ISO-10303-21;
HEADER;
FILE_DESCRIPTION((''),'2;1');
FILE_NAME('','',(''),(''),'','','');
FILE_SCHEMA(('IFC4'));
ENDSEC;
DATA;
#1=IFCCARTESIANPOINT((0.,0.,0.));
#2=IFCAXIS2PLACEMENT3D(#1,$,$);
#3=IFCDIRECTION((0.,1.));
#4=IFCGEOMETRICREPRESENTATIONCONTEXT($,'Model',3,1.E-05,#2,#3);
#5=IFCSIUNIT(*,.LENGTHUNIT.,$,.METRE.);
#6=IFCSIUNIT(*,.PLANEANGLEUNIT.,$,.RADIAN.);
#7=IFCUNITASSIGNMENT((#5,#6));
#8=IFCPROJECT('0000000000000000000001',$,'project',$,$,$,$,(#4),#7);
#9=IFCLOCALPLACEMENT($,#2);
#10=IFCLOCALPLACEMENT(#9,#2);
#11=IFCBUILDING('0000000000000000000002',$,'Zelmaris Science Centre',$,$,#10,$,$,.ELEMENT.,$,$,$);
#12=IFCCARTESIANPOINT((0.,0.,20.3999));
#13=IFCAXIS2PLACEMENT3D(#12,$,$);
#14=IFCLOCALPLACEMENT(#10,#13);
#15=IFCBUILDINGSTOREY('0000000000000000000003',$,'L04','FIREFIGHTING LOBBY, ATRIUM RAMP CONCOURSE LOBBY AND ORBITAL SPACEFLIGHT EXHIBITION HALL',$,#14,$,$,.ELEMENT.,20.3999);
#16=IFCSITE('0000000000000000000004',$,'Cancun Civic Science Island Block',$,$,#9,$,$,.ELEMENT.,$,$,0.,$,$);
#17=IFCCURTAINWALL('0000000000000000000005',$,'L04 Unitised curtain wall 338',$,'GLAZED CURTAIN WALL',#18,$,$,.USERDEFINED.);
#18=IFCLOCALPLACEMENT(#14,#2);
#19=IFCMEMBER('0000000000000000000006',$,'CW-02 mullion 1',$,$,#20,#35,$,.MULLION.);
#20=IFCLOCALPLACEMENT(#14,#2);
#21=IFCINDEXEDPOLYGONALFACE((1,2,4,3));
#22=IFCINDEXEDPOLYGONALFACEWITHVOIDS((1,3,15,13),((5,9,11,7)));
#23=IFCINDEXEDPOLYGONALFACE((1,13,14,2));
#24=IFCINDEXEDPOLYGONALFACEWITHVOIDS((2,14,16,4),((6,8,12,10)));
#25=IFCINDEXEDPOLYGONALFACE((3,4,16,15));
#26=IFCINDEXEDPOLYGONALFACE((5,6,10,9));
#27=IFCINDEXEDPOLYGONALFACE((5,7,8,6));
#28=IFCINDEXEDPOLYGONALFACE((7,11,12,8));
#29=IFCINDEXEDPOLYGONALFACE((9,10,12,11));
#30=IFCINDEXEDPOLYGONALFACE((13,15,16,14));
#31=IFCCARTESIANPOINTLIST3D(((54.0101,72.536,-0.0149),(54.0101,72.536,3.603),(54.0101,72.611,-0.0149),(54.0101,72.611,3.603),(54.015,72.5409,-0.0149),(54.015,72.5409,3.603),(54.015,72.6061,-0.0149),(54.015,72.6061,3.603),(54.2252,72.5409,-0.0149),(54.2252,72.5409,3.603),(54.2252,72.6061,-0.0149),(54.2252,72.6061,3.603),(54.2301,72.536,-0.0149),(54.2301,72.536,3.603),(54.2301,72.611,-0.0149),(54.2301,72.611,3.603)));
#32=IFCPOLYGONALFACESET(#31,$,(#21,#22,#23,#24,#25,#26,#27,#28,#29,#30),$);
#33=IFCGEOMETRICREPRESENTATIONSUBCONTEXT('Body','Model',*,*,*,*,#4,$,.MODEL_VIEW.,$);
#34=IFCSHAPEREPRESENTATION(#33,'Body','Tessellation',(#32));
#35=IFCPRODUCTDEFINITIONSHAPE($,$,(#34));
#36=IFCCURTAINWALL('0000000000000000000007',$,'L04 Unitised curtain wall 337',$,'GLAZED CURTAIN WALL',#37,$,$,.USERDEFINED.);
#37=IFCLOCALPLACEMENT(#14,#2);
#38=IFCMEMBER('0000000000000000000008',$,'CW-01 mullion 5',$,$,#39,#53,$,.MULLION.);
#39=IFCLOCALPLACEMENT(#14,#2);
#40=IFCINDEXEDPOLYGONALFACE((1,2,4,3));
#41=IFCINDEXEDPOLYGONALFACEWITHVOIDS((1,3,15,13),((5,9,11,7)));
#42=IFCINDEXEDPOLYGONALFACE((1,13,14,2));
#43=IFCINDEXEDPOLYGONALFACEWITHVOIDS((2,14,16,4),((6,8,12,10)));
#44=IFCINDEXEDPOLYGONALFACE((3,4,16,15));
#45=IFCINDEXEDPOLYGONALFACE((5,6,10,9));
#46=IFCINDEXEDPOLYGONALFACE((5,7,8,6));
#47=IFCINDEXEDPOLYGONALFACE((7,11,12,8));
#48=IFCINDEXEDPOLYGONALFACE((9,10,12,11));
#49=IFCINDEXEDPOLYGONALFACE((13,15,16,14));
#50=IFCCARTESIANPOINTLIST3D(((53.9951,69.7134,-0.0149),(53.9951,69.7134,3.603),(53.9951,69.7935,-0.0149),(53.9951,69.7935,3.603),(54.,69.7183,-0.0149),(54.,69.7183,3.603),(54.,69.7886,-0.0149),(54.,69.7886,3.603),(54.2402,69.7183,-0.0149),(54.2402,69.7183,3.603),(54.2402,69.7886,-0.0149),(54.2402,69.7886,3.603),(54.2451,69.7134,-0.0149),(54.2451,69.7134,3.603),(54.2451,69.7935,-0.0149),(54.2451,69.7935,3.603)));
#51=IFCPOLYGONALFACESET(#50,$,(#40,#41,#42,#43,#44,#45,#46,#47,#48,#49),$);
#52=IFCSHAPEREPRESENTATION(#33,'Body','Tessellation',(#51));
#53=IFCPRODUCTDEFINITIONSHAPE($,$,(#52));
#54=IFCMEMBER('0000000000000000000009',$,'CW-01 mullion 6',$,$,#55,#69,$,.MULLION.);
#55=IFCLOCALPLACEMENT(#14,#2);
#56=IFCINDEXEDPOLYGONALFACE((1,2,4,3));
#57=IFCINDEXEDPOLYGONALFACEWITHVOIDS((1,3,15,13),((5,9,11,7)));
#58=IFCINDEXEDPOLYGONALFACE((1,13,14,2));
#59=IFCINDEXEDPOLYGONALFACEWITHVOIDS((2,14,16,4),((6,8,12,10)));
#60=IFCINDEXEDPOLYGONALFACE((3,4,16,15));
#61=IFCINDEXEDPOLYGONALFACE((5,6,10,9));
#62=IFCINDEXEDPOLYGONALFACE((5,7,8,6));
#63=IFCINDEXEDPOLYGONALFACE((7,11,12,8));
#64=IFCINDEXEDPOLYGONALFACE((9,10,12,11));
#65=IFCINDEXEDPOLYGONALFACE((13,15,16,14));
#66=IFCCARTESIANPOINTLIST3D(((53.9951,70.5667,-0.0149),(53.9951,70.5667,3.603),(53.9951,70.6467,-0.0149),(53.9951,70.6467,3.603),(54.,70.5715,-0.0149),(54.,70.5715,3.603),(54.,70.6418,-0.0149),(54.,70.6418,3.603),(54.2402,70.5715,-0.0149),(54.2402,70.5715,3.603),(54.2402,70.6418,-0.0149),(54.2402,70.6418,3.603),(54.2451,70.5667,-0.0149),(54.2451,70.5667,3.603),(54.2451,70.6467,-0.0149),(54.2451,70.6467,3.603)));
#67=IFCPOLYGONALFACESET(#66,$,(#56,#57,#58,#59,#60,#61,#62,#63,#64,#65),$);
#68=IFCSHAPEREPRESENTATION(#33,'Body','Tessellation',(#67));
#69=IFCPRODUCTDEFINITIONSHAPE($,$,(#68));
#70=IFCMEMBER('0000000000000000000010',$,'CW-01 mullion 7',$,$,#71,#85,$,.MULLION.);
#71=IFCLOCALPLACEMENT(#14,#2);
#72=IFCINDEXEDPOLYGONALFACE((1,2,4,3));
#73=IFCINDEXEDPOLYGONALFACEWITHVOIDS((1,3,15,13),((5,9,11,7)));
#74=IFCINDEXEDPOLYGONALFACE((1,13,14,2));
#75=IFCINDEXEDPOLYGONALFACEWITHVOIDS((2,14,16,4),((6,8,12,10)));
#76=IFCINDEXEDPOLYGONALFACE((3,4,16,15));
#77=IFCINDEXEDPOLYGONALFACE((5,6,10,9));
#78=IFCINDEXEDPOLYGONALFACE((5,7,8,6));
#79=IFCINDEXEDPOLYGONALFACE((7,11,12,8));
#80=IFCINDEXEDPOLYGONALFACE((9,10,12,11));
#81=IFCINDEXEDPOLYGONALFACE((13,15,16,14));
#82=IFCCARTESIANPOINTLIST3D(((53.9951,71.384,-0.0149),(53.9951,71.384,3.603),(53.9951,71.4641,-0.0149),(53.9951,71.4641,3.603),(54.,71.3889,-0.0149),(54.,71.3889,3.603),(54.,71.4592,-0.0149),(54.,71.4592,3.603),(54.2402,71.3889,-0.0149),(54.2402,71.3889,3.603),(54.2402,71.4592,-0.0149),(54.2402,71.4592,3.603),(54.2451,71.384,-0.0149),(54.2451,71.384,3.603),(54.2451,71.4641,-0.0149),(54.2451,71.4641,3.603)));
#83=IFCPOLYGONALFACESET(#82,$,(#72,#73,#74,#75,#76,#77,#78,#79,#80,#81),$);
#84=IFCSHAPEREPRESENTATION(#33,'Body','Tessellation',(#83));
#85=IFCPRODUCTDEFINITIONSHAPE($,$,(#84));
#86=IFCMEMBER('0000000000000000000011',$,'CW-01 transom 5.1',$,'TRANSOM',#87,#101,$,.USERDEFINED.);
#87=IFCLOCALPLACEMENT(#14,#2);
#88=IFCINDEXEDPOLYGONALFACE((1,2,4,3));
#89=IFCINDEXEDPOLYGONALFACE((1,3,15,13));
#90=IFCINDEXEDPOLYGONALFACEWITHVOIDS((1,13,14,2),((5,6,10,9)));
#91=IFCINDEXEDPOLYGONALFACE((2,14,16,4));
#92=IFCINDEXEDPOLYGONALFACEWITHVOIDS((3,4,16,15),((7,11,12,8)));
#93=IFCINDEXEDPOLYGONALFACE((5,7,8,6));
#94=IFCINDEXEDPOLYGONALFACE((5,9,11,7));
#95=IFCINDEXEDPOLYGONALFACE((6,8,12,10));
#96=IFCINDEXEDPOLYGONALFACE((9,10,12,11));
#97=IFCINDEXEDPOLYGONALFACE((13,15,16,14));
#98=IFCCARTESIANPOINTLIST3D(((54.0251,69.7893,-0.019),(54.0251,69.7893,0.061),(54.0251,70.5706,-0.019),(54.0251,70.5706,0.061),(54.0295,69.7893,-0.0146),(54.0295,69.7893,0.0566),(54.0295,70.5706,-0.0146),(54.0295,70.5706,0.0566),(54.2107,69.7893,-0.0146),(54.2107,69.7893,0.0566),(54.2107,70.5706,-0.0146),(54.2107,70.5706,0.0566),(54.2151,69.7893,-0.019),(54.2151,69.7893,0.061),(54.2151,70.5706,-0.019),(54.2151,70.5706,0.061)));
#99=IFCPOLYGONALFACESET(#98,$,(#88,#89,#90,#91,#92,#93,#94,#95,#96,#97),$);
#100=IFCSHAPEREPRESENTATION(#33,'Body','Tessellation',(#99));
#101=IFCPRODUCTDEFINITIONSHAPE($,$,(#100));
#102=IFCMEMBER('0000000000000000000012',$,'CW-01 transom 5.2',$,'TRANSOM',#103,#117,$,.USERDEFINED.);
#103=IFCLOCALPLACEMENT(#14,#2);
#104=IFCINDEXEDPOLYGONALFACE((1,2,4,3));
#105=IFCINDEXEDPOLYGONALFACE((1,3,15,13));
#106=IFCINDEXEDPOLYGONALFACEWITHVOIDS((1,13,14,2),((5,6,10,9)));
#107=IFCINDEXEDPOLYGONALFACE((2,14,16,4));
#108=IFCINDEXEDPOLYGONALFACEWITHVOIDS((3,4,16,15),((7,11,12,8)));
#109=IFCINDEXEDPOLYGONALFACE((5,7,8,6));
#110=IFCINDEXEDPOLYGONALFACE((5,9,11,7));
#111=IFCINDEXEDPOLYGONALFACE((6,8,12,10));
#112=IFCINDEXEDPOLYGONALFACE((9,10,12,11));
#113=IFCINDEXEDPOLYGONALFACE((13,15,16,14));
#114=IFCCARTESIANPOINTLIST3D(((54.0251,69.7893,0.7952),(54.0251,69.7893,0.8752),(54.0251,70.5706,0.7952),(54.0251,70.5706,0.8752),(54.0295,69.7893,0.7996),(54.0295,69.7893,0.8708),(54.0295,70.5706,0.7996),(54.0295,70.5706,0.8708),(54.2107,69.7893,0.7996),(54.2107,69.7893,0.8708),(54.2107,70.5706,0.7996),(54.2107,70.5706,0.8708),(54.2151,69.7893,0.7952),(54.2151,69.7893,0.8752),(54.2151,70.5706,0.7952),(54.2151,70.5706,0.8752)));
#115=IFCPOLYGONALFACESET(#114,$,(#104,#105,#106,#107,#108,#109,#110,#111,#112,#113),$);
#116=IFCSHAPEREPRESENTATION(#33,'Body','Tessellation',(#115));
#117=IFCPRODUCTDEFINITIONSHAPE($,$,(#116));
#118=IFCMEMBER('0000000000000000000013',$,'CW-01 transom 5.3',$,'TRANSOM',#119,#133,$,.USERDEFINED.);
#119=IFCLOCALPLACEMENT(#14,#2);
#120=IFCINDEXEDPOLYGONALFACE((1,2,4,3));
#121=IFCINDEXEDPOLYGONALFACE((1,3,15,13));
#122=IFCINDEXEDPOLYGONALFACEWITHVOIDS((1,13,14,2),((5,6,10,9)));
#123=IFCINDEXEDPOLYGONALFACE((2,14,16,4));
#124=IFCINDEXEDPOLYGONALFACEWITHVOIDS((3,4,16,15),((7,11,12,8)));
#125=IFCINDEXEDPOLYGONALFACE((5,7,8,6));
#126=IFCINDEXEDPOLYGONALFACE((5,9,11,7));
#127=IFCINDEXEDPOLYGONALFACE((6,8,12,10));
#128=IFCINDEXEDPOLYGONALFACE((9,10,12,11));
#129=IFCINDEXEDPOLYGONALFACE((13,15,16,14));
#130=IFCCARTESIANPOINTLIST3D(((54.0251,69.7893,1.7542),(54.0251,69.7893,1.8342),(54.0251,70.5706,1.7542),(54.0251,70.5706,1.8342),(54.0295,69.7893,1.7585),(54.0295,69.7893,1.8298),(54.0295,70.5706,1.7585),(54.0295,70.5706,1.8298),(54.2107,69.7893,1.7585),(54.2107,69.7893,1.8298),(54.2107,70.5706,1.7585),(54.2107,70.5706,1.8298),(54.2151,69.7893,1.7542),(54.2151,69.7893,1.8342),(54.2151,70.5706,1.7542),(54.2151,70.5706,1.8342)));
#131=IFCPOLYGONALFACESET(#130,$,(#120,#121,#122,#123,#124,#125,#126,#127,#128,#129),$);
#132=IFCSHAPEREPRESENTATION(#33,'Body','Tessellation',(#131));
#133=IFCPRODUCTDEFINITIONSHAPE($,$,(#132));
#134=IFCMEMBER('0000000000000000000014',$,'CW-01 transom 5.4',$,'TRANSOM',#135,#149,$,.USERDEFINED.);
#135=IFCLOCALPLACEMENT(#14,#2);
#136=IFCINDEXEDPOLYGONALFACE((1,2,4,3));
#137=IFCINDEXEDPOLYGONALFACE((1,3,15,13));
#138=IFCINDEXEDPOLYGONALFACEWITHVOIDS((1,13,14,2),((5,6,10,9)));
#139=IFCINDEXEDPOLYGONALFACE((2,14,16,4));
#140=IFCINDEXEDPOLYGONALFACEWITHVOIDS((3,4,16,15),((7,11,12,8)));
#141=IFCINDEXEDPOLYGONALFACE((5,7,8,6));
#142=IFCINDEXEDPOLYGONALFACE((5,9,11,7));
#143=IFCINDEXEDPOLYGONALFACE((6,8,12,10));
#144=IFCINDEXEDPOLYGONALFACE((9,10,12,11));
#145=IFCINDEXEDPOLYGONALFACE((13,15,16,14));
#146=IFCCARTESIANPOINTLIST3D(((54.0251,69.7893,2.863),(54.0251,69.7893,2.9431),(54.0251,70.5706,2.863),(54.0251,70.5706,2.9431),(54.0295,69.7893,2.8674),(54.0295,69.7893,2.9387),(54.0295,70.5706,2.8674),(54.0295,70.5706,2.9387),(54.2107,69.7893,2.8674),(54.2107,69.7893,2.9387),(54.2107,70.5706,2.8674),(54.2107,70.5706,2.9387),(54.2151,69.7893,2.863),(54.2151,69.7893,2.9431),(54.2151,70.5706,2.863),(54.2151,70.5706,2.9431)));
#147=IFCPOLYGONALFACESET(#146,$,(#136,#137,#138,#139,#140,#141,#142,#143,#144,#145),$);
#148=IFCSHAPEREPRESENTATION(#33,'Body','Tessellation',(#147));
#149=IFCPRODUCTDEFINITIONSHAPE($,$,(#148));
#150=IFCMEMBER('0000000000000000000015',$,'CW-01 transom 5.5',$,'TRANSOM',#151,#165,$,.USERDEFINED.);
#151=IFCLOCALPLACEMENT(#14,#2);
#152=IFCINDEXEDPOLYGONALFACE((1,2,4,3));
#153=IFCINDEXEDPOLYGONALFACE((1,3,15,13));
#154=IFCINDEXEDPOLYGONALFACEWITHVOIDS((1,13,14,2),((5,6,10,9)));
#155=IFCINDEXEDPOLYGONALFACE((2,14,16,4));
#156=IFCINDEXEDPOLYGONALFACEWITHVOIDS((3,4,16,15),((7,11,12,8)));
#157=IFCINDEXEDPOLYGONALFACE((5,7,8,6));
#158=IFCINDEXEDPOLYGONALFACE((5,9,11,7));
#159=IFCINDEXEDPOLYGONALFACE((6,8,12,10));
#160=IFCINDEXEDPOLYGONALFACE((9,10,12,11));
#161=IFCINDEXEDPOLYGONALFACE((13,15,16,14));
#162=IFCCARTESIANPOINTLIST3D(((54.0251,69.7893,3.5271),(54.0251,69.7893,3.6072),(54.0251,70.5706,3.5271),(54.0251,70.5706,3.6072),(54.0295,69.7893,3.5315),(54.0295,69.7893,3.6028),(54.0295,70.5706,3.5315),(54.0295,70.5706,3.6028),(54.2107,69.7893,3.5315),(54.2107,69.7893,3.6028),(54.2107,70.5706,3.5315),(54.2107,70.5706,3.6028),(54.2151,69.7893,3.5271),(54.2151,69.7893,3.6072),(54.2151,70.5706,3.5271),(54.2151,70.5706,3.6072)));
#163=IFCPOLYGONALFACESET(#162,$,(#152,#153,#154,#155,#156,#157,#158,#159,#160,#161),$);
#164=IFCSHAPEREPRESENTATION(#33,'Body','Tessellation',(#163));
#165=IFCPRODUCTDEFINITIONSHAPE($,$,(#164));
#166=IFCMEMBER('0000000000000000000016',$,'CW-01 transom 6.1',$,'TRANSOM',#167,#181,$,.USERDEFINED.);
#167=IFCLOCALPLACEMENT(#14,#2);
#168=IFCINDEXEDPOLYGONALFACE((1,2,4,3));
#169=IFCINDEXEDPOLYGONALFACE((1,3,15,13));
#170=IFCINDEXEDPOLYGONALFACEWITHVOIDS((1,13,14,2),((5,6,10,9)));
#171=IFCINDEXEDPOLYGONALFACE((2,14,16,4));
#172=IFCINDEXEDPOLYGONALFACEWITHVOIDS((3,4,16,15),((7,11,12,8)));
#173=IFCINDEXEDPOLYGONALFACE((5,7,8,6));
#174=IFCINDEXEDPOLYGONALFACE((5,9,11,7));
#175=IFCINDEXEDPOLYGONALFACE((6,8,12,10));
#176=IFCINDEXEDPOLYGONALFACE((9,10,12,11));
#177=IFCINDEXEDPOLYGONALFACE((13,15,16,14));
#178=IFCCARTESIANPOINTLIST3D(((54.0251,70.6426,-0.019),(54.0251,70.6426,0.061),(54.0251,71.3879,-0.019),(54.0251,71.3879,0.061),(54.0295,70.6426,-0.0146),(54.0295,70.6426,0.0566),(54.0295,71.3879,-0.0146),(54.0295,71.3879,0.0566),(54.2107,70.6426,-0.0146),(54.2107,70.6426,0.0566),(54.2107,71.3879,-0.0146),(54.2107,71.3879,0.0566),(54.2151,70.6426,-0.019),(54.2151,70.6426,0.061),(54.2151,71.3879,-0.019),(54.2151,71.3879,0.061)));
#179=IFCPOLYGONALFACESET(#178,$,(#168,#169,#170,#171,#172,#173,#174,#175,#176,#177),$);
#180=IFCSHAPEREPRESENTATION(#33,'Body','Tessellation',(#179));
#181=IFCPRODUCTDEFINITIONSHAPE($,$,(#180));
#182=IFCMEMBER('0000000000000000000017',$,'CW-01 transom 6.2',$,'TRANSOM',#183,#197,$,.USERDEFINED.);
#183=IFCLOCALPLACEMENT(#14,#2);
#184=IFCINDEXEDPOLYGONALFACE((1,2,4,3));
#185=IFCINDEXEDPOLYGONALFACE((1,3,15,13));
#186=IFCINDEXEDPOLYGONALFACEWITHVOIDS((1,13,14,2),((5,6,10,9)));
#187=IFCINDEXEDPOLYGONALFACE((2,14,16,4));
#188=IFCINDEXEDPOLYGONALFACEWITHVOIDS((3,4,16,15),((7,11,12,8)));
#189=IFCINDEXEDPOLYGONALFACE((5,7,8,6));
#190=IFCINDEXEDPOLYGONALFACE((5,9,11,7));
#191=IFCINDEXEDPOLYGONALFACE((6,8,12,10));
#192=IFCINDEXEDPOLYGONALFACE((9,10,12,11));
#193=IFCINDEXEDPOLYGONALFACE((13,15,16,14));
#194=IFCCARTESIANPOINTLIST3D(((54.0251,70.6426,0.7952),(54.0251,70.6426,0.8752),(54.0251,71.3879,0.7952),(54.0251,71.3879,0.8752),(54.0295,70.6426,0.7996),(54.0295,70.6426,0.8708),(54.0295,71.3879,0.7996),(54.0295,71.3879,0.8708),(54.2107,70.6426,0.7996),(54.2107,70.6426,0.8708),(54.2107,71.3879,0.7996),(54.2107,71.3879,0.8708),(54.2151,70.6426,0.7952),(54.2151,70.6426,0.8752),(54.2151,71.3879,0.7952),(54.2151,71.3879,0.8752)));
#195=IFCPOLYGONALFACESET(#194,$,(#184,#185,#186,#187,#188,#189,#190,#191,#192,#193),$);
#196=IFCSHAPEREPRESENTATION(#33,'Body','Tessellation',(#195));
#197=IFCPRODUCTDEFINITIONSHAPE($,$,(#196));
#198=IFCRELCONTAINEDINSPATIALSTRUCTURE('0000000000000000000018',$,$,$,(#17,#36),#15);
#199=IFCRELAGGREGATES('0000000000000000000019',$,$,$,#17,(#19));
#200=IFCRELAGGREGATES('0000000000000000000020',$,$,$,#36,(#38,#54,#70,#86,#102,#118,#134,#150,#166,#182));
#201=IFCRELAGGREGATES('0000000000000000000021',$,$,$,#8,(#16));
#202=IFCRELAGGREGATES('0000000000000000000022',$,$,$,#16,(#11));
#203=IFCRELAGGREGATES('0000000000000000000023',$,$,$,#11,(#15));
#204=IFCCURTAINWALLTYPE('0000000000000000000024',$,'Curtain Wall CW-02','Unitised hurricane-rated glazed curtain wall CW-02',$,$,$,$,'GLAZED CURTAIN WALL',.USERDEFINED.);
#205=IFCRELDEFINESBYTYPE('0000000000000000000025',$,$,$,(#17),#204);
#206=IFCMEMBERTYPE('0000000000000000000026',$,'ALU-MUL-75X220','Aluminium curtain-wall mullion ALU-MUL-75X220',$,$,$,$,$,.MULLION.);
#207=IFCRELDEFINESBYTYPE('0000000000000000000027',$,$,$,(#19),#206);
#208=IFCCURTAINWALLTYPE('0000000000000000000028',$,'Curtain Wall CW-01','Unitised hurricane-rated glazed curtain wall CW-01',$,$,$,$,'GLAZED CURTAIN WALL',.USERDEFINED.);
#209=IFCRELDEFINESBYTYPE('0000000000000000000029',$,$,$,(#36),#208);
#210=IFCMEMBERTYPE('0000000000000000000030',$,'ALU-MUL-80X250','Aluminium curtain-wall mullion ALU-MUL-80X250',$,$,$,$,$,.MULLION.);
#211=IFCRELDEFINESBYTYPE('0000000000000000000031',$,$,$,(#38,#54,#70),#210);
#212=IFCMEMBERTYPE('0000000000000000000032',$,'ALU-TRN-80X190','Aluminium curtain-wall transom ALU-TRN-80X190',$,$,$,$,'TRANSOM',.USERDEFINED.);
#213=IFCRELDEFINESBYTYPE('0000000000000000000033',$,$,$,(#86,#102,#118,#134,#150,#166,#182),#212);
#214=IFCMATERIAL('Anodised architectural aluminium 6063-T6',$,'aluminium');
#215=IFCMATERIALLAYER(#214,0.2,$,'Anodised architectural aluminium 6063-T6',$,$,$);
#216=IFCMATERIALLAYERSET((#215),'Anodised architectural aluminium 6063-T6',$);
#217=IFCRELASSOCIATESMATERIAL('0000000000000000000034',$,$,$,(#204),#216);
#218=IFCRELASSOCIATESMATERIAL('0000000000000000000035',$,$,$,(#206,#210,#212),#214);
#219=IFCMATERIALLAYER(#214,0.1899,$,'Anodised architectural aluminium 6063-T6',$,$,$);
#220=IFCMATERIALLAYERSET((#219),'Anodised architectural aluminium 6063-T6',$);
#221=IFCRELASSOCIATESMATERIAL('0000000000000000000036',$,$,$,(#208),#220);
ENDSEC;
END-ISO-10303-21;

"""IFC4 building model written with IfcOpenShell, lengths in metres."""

from ifc_helpers import new_model, si_unit, direction, frame, origin, origin_2d, place, context, subcontext, project, spatial, hollow_rectangle, extrude, material, layer, layer_set, material_profile, profile_set, type_object, element, aggregate, save


model = new_model("IFC4")

# Units and contexts
model_context = context("Model", 3, precision=1e-05, world=origin(), true_north=direction((0.0, 1.0)))
body_context = subcontext(model_context, "Body", "Model", "MODEL_VIEW")
ifc_project = project(units=[si_unit("LENGTHUNIT", "METRE"), si_unit("PLANEANGLEUNIT", "RADIAN")], contexts=[model_context])

# Site, building, storey
site_placement = place(None, origin())
site = spatial("IfcSite", under=ifc_project, at=site_placement, Name="Cancun Civic Science Island Block", CompositionType="ELEMENT", RefElevation=0.0)
building_placement = place(site_placement, origin())
building = spatial("IfcBuilding", under=site, at=building_placement, Name="Zelmaris Science Centre", CompositionType="ELEMENT")
storey_placement = place(building_placement, frame((0.0, 0.0, 20.3999)))
storey = spatial("IfcBuildingStorey", under=building, at=storey_placement, Name="L04", Description="FIREFIGHTING LOBBY, ATRIUM RAMP CONCOURSE LOBBY AND ORBITAL SPACEFLIGHT EXHIBITION HALL", CompositionType="ELEMENT", Elevation=20.3999)

# Curtain wall, member
ifc_material_1 = material(Name="Anodised architectural aluminium 6063-T6", Category="aluminium")
ifc_layer_1 = layer(ifc_material_1, 0.2, Name="Anodised architectural aluminium 6063-T6")
ifc_layer_set_1 = layer_set([ifc_layer_1], Name="Anodised architectural aluminium 6063-T6")
curtain_wall_type_1 = type_object("IfcCurtainWallType", Name="Curtain Wall CW-02", Description="Unitised hurricane-rated glazed curtain wall CW-02", ElementType="GLAZED CURTAIN WALL", PredefinedType="USERDEFINED", material=ifc_layer_set_1)
curtain_wall_1_placement = place(storey_placement, origin())
curtain_wall_1 = element("IfcCurtainWall", 1, at=curtain_wall_1_placement, inside=storey, type_object=curtain_wall_type_1, Name="L04 Unitised curtain wall 338", ObjectType="GLAZED CURTAIN WALL", PredefinedType="USERDEFINED")
ifc_material_profile_1 = material_profile(ifc_material_1, hollow_rectangle(XDim=0.075, YDim=0.22, WallThickness=0.0049, at=origin_2d()), Name="ALU-MUL-75X220")
ifc_profile_set_1 = profile_set([ifc_material_profile_1], Name="Anodised architectural aluminium 6063-T6")
member_type_1 = type_object("IfcMemberType", Name="ALU-MUL-75X220", Description="Aluminium curtain-wall mullion ALU-MUL-75X220", PredefinedType="MULLION", material=ifc_profile_set_1)
member_1_placement = place(storey_placement, frame((54.1201, 72.5735, -0.0149), z_axis=(0.0, 0.0, 1.0), x_axis=(0.0, 1.0, 0.0)))
member_1 = element("IfcMember", 2, at=member_1_placement, type_object=member_type_1, Name="CW-02 mullion 1", PredefinedType="MULLION", context=body_context, shape_type="SweptSolid", body=[
    extrude(hollow_rectangle(XDim=0.075, YDim=0.22, WallThickness=0.0049, at=origin_2d()), origin(), (0.0, 0.0, 1.0), 3.6179),
])
aggregate(curtain_wall_1, [member_1])

# Curtain wall, members
ifc_layer_2 = layer(ifc_material_1, 0.1899, Name="Anodised architectural aluminium 6063-T6")
ifc_layer_set_2 = layer_set([ifc_layer_2], Name="Anodised architectural aluminium 6063-T6")
curtain_wall_type_2 = type_object("IfcCurtainWallType", Name="Curtain Wall CW-01", Description="Unitised hurricane-rated glazed curtain wall CW-01", ElementType="GLAZED CURTAIN WALL", PredefinedType="USERDEFINED", material=ifc_layer_set_2)
curtain_wall_2_placement = place(storey_placement, origin())
curtain_wall_2 = element("IfcCurtainWall", 3, at=curtain_wall_2_placement, inside=storey, type_object=curtain_wall_type_2, Name="L04 Unitised curtain wall 337", ObjectType="GLAZED CURTAIN WALL", PredefinedType="USERDEFINED")
ifc_material_profile_2 = material_profile(ifc_material_1, hollow_rectangle(XDim=0.0801, YDim=0.25, WallThickness=0.0049, at=origin_2d()), Name="ALU-MUL-80X250")
ifc_profile_set_2 = profile_set([ifc_material_profile_2], Name="Anodised architectural aluminium 6063-T6")
member_type_2 = type_object("IfcMemberType", Name="ALU-MUL-80X250", Description="Aluminium curtain-wall mullion ALU-MUL-80X250", PredefinedType="MULLION", material=ifc_profile_set_2)
member_2_placement = place(storey_placement, frame((54.1201, 69.7534, -0.0149), z_axis=(0.0, 0.0, 1.0), x_axis=(0.0, 1.0, 0.0)))
member_2 = element("IfcMember", 4, at=member_2_placement, type_object=member_type_2, Name="CW-01 mullion 5", PredefinedType="MULLION", context=body_context, shape_type="SweptSolid", body=[
    extrude(hollow_rectangle(XDim=0.0801, YDim=0.25, WallThickness=0.0049, at=origin_2d()), origin(), (0.0, 0.0, 1.0), 3.6179),
])
member_3_placement = place(storey_placement, frame((54.1201, 70.6067, -0.0149), z_axis=(0.0, 0.0, 1.0), x_axis=(0.0, 1.0, 0.0)))
member_3 = element("IfcMember", 5, at=member_3_placement, type_object=member_type_2, Name="CW-01 mullion 6", PredefinedType="MULLION", context=body_context, shape_type="SweptSolid", body=[
    extrude(hollow_rectangle(XDim=0.0801, YDim=0.25, WallThickness=0.0049, at=origin_2d()), origin(), (0.0, 0.0, 1.0), 3.6179),
])
member_4_placement = place(storey_placement, frame((54.1201, 71.4241, -0.0149), z_axis=(0.0, 0.0, 1.0), x_axis=(0.0, 1.0, 0.0)))
member_4 = element("IfcMember", 6, at=member_4_placement, type_object=member_type_2, Name="CW-01 mullion 7", PredefinedType="MULLION", context=body_context, shape_type="SweptSolid", body=[
    extrude(hollow_rectangle(XDim=0.0801, YDim=0.25, WallThickness=0.0049, at=origin_2d()), origin(), (0.0, 0.0, 1.0), 3.6179),
])
ifc_material_profile_3 = material_profile(ifc_material_1, hollow_rectangle(XDim=0.0801, YDim=0.1899, WallThickness=0.0044, at=origin_2d()), Name="ALU-TRN-80X190")
ifc_profile_set_3 = profile_set([ifc_material_profile_3], Name="Anodised architectural aluminium 6063-T6")
member_type_3 = type_object("IfcMemberType", Name="ALU-TRN-80X190", Description="Aluminium curtain-wall transom ALU-TRN-80X190", ElementType="TRANSOM", PredefinedType="USERDEFINED", material=ifc_profile_set_3)
member_5_placement = place(storey_placement, frame((54.1201, 69.7893, 0.021), z_axis=(0.0, 1.0, 0.0), x_axis=(0.0, 0.0, 1.0)))
member_5 = element("IfcMember", 7, at=member_5_placement, type_object=member_type_3, Name="CW-01 transom 5.1", ObjectType="TRANSOM", PredefinedType="USERDEFINED", context=body_context, shape_type="SweptSolid", body=[
    extrude(hollow_rectangle(XDim=0.0801, YDim=0.1899, WallThickness=0.0044, at=origin_2d()), origin(), (0.0, 0.0, 1.0), 0.7812),
])
member_6_placement = place(storey_placement, frame((54.1201, 69.7893, 0.8352), z_axis=(0.0, 1.0, 0.0), x_axis=(0.0, 0.0, 1.0)))
member_6 = element("IfcMember", 8, at=member_6_placement, type_object=member_type_3, Name="CW-01 transom 5.2", ObjectType="TRANSOM", PredefinedType="USERDEFINED", context=body_context, shape_type="SweptSolid", body=[
    extrude(hollow_rectangle(XDim=0.0801, YDim=0.1899, WallThickness=0.0044, at=origin_2d()), origin(), (0.0, 0.0, 1.0), 0.7812),
])
member_7_placement = place(storey_placement, frame((54.1201, 69.7893, 1.7942), z_axis=(0.0, 1.0, 0.0), x_axis=(0.0, 0.0, 1.0)))
member_7 = element("IfcMember", 9, at=member_7_placement, type_object=member_type_3, Name="CW-01 transom 5.3", ObjectType="TRANSOM", PredefinedType="USERDEFINED", context=body_context, shape_type="SweptSolid", body=[
    extrude(hollow_rectangle(XDim=0.0801, YDim=0.1899, WallThickness=0.0044, at=origin_2d()), origin(), (0.0, 0.0, 1.0), 0.7812),
])
member_8_placement = place(storey_placement, frame((54.1201, 69.7893, 2.9031), z_axis=(0.0, 1.0, 0.0), x_axis=(0.0, 0.0, 1.0)))
member_8 = element("IfcMember", 10, at=member_8_placement, type_object=member_type_3, Name="CW-01 transom 5.4", ObjectType="TRANSOM", PredefinedType="USERDEFINED", context=body_context, shape_type="SweptSolid", body=[
    extrude(hollow_rectangle(XDim=0.0801, YDim=0.1899, WallThickness=0.0044, at=origin_2d()), origin(), (0.0, 0.0, 1.0), 0.7812),
])
member_9_placement = place(storey_placement, frame((54.1201, 69.7893, 3.5671), z_axis=(0.0, 1.0, 0.0), x_axis=(0.0, 0.0, 1.0)))
member_9 = element("IfcMember", 11, at=member_9_placement, type_object=member_type_3, Name="CW-01 transom 5.5", ObjectType="TRANSOM", PredefinedType="USERDEFINED", context=body_context, shape_type="SweptSolid", body=[
    extrude(hollow_rectangle(XDim=0.0801, YDim=0.1899, WallThickness=0.0044, at=origin_2d()), origin(), (0.0, 0.0, 1.0), 0.7812),
])
member_10_placement = place(storey_placement, frame((54.1201, 70.6426, 0.021), z_axis=(0.0, 1.0, 0.0), x_axis=(0.0, 0.0, 1.0)))
member_10 = element("IfcMember", 12, at=member_10_placement, type_object=member_type_3, Name="CW-01 transom 6.1", ObjectType="TRANSOM", PredefinedType="USERDEFINED", context=body_context, shape_type="SweptSolid", body=[
    extrude(hollow_rectangle(XDim=0.0801, YDim=0.1899, WallThickness=0.0044, at=origin_2d()), origin(), (0.0, 0.0, 1.0), 0.7454),
])
member_11_placement = place(storey_placement, frame((54.1201, 70.6426, 0.8352), z_axis=(0.0, 1.0, 0.0), x_axis=(0.0, 0.0, 1.0)))
member_11 = element("IfcMember", 13, at=member_11_placement, type_object=member_type_3, Name="CW-01 transom 6.2", ObjectType="TRANSOM", PredefinedType="USERDEFINED", context=body_context, shape_type="SweptSolid", body=[
    extrude(hollow_rectangle(XDim=0.0801, YDim=0.1899, WallThickness=0.0044, at=origin_2d()), origin(), (0.0, 0.0, 1.0), 0.7454),
])
aggregate(curtain_wall_2, [member_2, member_3, member_4, member_5, member_6, member_7, member_8, member_9, member_10, member_11])

save(model, "model.ifc")
